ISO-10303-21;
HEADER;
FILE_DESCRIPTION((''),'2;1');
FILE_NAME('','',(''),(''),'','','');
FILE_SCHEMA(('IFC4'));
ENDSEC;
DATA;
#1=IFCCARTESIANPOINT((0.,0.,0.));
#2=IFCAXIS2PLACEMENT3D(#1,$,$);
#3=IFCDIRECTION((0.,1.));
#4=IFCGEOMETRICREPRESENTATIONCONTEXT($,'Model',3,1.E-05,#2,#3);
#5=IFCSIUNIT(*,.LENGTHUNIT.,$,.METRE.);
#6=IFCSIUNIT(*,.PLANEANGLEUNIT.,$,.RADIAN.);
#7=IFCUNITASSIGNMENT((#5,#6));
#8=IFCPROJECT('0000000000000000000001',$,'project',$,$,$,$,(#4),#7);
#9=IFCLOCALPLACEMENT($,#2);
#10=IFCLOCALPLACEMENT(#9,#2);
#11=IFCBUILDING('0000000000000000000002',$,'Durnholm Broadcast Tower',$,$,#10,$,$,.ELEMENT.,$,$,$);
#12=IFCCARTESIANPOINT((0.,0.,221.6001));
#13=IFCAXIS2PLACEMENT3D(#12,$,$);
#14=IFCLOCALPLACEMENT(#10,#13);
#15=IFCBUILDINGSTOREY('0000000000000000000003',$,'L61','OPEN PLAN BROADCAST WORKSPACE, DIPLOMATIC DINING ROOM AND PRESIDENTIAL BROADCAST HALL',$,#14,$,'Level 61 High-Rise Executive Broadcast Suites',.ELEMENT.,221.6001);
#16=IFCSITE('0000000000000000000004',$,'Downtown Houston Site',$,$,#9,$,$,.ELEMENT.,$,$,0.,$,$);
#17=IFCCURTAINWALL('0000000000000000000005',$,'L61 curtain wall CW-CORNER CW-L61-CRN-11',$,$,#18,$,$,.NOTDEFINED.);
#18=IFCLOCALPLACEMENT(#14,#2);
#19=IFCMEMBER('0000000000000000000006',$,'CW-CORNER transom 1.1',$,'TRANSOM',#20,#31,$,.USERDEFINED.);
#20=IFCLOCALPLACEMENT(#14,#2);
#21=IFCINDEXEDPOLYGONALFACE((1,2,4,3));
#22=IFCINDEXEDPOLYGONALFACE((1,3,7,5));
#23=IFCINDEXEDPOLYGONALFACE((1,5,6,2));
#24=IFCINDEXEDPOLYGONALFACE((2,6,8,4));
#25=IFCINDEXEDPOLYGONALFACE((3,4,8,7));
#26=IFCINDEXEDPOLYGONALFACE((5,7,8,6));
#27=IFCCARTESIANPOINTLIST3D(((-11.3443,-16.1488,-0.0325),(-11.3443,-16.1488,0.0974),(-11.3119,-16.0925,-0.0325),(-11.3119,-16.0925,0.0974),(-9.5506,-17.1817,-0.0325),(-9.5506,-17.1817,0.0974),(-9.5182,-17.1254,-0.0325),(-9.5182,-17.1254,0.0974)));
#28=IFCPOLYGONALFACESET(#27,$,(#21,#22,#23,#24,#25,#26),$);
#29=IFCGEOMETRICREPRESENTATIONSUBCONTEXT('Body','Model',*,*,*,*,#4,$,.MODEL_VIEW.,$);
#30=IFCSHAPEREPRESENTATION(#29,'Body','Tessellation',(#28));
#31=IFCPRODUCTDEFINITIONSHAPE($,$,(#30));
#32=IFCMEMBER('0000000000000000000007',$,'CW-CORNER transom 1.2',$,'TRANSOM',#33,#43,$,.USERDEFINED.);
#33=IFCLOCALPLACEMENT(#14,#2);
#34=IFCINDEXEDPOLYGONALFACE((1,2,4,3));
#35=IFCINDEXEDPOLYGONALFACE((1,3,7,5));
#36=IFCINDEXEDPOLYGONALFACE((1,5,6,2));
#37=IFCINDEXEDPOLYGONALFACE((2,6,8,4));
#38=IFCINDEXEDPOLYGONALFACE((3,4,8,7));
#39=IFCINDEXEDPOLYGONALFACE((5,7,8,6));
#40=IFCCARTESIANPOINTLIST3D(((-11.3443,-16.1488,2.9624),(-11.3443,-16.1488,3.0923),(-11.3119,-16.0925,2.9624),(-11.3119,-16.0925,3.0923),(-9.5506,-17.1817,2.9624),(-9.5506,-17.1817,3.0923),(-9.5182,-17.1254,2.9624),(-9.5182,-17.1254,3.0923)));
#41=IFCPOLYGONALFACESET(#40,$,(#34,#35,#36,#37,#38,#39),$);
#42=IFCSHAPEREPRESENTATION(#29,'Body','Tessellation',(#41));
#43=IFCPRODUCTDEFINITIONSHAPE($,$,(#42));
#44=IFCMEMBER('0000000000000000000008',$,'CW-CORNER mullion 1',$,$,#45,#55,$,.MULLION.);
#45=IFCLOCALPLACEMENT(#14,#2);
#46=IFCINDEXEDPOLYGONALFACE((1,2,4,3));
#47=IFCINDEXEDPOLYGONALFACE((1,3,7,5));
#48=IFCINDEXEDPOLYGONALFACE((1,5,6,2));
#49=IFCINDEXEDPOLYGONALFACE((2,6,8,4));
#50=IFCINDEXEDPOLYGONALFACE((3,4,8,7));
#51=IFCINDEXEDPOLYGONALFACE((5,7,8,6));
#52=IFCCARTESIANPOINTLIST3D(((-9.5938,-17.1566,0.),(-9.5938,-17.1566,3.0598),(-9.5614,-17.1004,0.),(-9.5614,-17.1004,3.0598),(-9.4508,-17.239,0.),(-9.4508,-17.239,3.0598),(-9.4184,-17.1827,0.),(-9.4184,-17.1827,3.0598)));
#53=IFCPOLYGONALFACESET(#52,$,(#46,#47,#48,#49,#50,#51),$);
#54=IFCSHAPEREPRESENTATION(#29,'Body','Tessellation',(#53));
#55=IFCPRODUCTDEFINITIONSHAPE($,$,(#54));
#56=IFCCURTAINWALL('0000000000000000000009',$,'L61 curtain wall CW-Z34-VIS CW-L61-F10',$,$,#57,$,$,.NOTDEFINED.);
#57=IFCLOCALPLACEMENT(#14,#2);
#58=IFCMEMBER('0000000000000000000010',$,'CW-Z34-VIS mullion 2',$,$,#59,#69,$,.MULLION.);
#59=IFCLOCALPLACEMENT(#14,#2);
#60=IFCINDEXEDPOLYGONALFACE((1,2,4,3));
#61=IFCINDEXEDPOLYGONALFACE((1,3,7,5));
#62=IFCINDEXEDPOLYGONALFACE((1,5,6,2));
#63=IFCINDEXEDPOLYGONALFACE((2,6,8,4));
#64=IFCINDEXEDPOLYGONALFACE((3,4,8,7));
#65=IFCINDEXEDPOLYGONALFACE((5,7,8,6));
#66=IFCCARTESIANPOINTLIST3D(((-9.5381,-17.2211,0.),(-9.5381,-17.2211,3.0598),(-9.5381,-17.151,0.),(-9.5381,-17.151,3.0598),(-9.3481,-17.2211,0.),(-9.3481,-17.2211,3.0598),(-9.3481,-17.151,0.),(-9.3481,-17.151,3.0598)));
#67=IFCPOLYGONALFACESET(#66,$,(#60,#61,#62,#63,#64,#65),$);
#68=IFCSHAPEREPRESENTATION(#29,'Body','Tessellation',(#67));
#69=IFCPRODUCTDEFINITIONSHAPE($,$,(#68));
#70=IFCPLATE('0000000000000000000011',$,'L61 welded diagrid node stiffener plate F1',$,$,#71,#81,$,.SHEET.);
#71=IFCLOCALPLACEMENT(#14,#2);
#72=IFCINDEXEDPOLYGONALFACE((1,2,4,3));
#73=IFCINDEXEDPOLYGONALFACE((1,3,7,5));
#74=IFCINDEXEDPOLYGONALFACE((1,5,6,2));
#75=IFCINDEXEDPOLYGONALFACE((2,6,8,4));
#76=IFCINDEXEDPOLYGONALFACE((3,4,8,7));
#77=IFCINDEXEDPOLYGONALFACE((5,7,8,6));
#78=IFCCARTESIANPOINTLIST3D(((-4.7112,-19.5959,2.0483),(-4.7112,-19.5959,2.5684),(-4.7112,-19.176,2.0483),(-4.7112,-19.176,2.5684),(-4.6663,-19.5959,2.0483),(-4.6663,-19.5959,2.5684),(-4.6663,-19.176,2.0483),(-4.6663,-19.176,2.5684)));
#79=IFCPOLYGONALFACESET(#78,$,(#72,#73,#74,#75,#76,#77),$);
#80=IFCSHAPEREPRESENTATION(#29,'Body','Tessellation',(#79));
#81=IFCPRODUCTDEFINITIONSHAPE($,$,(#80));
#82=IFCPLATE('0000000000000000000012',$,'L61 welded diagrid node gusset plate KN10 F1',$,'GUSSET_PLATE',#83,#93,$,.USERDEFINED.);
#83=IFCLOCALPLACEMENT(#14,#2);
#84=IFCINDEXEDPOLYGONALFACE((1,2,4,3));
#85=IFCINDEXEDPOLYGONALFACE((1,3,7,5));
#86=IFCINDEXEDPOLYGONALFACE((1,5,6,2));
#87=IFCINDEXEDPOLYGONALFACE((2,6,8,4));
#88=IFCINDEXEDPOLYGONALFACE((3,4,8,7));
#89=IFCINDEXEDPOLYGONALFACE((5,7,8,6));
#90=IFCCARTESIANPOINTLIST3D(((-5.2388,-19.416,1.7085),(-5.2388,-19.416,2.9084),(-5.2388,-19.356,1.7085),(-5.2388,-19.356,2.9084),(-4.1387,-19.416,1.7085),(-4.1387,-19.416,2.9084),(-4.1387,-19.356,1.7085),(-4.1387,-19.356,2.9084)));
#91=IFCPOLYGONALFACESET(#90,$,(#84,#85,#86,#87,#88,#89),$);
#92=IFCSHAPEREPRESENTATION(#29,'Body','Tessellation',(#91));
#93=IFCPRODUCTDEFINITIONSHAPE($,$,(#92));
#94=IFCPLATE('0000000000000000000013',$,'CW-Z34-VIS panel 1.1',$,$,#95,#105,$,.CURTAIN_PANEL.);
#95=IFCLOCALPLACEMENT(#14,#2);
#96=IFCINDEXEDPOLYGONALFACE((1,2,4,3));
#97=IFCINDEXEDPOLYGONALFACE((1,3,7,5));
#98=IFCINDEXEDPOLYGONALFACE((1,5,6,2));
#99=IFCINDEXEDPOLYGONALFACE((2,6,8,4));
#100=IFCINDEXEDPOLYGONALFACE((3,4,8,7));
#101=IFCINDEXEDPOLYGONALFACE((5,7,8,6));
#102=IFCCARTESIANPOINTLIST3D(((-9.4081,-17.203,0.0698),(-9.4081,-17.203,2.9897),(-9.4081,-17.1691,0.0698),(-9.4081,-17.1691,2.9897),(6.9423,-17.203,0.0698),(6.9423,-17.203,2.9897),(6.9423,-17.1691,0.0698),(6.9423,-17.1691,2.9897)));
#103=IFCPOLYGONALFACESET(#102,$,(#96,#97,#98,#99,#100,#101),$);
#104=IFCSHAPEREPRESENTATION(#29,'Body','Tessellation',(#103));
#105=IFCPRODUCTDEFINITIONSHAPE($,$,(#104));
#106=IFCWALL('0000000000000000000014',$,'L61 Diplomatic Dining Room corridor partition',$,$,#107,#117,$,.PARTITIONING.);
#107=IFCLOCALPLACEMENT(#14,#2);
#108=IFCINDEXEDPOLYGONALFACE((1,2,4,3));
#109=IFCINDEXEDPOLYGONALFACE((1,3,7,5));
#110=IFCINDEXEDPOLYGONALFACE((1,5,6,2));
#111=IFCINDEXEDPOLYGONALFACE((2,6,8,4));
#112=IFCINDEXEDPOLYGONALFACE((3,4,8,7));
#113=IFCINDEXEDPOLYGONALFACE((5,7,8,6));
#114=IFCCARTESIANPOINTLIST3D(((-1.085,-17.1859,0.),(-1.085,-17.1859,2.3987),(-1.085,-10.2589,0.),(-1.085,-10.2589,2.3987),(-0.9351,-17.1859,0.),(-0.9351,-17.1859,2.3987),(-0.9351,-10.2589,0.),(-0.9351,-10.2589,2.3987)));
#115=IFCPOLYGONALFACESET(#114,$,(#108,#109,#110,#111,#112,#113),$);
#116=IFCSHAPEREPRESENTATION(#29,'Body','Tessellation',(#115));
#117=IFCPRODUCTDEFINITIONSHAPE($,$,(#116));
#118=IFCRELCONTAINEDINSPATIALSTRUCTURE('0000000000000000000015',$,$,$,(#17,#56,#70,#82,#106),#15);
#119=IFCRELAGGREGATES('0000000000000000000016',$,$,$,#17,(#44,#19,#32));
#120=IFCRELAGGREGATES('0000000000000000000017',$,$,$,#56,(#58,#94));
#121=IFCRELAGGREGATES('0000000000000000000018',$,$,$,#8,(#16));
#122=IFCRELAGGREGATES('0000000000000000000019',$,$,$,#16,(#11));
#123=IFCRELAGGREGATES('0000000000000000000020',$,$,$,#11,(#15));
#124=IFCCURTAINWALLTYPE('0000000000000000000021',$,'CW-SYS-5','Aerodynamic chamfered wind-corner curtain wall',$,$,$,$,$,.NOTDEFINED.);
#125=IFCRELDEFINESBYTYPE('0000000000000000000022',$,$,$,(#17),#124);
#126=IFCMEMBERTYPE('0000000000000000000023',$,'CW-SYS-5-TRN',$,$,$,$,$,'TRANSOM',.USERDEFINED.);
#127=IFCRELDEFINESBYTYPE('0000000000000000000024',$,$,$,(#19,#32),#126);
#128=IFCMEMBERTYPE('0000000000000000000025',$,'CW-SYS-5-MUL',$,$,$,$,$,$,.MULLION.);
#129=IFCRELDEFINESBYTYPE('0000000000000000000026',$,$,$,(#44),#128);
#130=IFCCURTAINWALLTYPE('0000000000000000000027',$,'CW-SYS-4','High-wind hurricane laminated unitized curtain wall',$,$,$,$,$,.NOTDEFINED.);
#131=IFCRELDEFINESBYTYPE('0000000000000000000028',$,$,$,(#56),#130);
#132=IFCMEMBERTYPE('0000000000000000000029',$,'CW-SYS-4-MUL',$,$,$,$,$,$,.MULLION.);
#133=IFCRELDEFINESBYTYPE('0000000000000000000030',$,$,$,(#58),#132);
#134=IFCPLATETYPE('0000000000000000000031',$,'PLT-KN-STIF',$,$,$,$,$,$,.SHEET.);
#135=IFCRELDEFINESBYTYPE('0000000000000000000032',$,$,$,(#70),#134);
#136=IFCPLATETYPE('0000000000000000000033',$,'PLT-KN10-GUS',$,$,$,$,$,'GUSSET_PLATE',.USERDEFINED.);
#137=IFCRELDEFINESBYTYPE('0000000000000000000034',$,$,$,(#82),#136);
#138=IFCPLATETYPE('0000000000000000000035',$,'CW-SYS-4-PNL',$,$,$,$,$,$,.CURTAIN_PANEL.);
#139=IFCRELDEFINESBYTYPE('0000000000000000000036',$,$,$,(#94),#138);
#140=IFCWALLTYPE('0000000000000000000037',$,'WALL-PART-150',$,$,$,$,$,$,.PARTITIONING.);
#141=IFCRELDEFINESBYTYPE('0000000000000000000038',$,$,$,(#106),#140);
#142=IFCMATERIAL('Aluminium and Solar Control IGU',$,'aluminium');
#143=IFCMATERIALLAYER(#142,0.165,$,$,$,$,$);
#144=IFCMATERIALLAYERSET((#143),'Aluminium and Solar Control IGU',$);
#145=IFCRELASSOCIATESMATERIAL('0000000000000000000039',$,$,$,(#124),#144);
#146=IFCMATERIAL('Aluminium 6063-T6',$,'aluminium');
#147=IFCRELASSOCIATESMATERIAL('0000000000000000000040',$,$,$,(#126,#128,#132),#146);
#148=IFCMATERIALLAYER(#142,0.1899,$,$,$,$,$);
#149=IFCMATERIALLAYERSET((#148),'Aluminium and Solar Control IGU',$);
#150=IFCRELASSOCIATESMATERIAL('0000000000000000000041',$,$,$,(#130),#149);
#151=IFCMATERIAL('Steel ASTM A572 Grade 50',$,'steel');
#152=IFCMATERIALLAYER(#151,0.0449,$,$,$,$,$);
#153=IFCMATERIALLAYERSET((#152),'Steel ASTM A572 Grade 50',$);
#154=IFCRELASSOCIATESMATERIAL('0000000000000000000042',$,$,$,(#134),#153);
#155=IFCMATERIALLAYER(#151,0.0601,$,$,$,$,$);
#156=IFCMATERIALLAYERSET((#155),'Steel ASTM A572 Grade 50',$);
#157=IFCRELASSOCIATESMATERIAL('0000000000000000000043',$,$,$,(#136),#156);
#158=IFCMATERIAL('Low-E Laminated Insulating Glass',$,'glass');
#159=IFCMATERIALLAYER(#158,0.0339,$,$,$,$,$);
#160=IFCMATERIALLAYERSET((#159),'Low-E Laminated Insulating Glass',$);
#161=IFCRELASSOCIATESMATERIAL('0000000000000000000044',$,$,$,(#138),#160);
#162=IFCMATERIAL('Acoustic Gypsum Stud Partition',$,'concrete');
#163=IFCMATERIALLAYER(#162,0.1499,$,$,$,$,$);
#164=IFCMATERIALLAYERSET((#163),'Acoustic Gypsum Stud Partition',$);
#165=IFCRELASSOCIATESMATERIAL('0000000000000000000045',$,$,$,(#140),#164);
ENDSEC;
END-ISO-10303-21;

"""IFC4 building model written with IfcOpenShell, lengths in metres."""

from ifc_helpers import new_model, si_unit, direction, frame, frame_2d, origin, origin_2d, place, context, subcontext, project, spatial, rectangle, extrude, source, transform, mapped, material, layer, layer_set, material_profile, profile_set, type_object, type_shapes, element, aggregate, save


model = new_model("IFC4")

# Units and contexts
model_context = context("Model", 3, precision=1e-05, world=origin(), true_north=direction((0.0, 1.0)))
body_context = subcontext(model_context, "Body", "Model", "MODEL_VIEW")
ifc_project = project(units=[si_unit("LENGTHUNIT", "METRE"), si_unit("PLANEANGLEUNIT", "RADIAN")], contexts=[model_context])

# Site, building, storey
site_placement = place(None, origin())
site = spatial("IfcSite", under=ifc_project, at=site_placement, Name="Downtown Houston Site", CompositionType="ELEMENT", RefElevation=0.0)
building_placement = place(site_placement, origin())
building = spatial("IfcBuilding", under=site, at=building_placement, Name="Durnholm Broadcast Tower", CompositionType="ELEMENT")
storey_placement = place(building_placement, frame((0.0, 0.0, 221.6001)))
storey = spatial("IfcBuildingStorey", under=building, at=storey_placement, Name="L61", Description="OPEN PLAN BROADCAST WORKSPACE, DIPLOMATIC DINING ROOM AND PRESIDENTIAL BROADCAST HALL", LongName="Level 61 High-Rise Executive Broadcast Suites", CompositionType="ELEMENT", Elevation=221.6001)

# Curtain wall, members
ifc_material_1 = material(Name="Aluminium and Solar Control IGU", Category="aluminium")
ifc_layer_1 = layer(ifc_material_1, 0.165)
ifc_layer_set_1 = layer_set([ifc_layer_1], Name="Aluminium and Solar Control IGU")
curtain_wall_type_1 = type_object("IfcCurtainWallType", Name="CW-SYS-5", Description="Aerodynamic chamfered wind-corner curtain wall", PredefinedType="NOTDEFINED", material=ifc_layer_set_1)
curtain_wall_1_placement = place(storey_placement, origin())
curtain_wall_1 = element("IfcCurtainWall", 1, at=curtain_wall_1_placement, inside=storey, type_object=curtain_wall_type_1, Name="L61 curtain wall CW-CORNER CW-L61-CRN-11", PredefinedType="NOTDEFINED")
ifc_material_2 = material(Name="Aluminium 6063-T6", Category="aluminium")
ifc_material_profile_1 = material_profile(ifc_material_2, rectangle(XDim=0.0649, YDim=0.1299, at=origin_2d()), Name="CWT65X130")
ifc_profile_set_1 = profile_set([ifc_material_profile_1], Name="Aluminium 6063-T6")
member_type_1 = type_object("IfcMemberType", Name="CW-SYS-5-TRN", ElementType="TRANSOM", PredefinedType="USERDEFINED", material=ifc_profile_set_1)
shared_shape_1 = source(origin(), body_context, "Body", "SweptSolid", [
    extrude(rectangle(XDim=0.0649, YDim=0.1299, at=origin_2d()), origin(), (0.0, 0.0, 1.0), 2.0698),
])
type_shapes(member_type_1, [shared_shape_1])
member_1_placement = place(storey_placement, frame((-9.5344, -17.1536, 0.0325), z_axis=(-0.866576, 0.499045, 0.0), x_axis=(-0.499045, -0.866576, 0.0)))
member_1 = element("IfcMember", 2, at=member_1_placement, type_object=member_type_1, Name="CW-CORNER transom 1.1", ObjectType="TRANSOM", PredefinedType="USERDEFINED", context=body_context, shape_type="MappedRepresentation", body=[
    mapped(shared_shape_1, transform((0.0, 0.0, 0.0), x_axis=(1.0, 0.0, 0.0), y_axis=(0.0, 1.0, 0.0), z_axis=(0.0, 0.0, 1.0), scale=1.0)),
])
member_2_placement = place(storey_placement, frame((-9.5344, -17.1536, 3.0273), z_axis=(-0.866576, 0.499045, 0.0), x_axis=(-0.499045, -0.866576, 0.0)))
member_2 = element("IfcMember", 3, at=member_2_placement, type_object=member_type_1, Name="CW-CORNER transom 1.2", ObjectType="TRANSOM", PredefinedType="USERDEFINED", context=body_context, shape_type="MappedRepresentation", body=[
    mapped(shared_shape_1, transform((0.0, 0.0, 0.0), x_axis=(1.0, 0.0, 0.0), y_axis=(0.0, 1.0, 0.0), z_axis=(0.0, 0.0, 1.0), scale=1.0)),
])
ifc_material_profile_2 = material_profile(ifc_material_2, rectangle(XDim=0.0649, YDim=0.165, at=origin_2d()), Name="CWM65X165")
ifc_profile_set_2 = profile_set([ifc_material_profile_2], Name="Aluminium 6063-T6")
member_type_2 = type_object("IfcMemberType", Name="CW-SYS-5-MUL", PredefinedType="MULLION", material=ifc_profile_set_2)
shared_shape_2 = source(origin(), body_context, "Body", "SweptSolid", [
    extrude(rectangle(XDim=0.0649, YDim=0.165, at=origin_2d()), origin(), (0.0, 0.0, 1.0), 3.0598),
])
type_shapes(member_type_2, [shared_shape_2])
member_3_placement = place(storey_placement, frame((-9.5061, -17.1697, 0.0), z_axis=(0.0, 0.0, 1.0), x_axis=(-0.499059, -0.866568, 0.0)))
member_3 = element("IfcMember", 4, at=member_3_placement, type_object=member_type_2, Name="CW-CORNER mullion 1", PredefinedType="MULLION", context=body_context, shape_type="MappedRepresentation", body=[
    mapped(shared_shape_2, transform((0.0, 0.0, 0.0), x_axis=(1.0, 0.0, 0.0), y_axis=(0.0, 1.0, 0.0), z_axis=(0.0, 0.0, 1.0), scale=1.0)),
])
aggregate(curtain_wall_1, [member_3, member_1, member_2])

# Curtain wall, member
ifc_layer_2 = layer(ifc_material_1, 0.1899)
ifc_layer_set_2 = layer_set([ifc_layer_2], Name="Aluminium and Solar Control IGU")
curtain_wall_type_2 = type_object("IfcCurtainWallType", Name="CW-SYS-4", Description="High-wind hurricane laminated unitized curtain wall", PredefinedType="NOTDEFINED", material=ifc_layer_set_2)
curtain_wall_2_placement = place(storey_placement, origin())
curtain_wall_2 = element("IfcCurtainWall", 5, at=curtain_wall_2_placement, inside=storey, type_object=curtain_wall_type_2, Name="L61 curtain wall CW-Z34-VIS CW-L61-F10", PredefinedType="NOTDEFINED")
ifc_material_profile_3 = material_profile(ifc_material_2, rectangle(XDim=0.0701, YDim=0.1899, at=origin_2d()), Name="CWM70X190")
ifc_profile_set_3 = profile_set([ifc_material_profile_3], Name="Aluminium 6063-T6")
member_type_3 = type_object("IfcMemberType", Name="CW-SYS-4-MUL", PredefinedType="MULLION", material=ifc_profile_set_3)
shared_shape_3 = source(origin(), body_context, "Body", "SweptSolid", [
    extrude(rectangle(XDim=0.0701, YDim=0.1899, at=origin_2d()), origin(), (0.0, 0.0, 1.0), 3.0598),
])
type_shapes(member_type_3, [shared_shape_3])
member_4_placement = place(storey_placement, frame((-9.4431, -17.186, 0.0), z_axis=(0.0, 0.0, 1.0), x_axis=(0.0, -1.0, 0.0)))
member_4 = element("IfcMember", 6, at=member_4_placement, type_object=member_type_3, Name="CW-Z34-VIS mullion 2", PredefinedType="MULLION", context=body_context, shape_type="MappedRepresentation", body=[
    mapped(shared_shape_3, transform((0.0, 0.0, 0.0), x_axis=(1.0, 0.0, 0.0), y_axis=(0.0, 1.0, 0.0), z_axis=(0.0, 0.0, 1.0), scale=1.0)),
])

# Plates
ifc_material_3 = material(Name="Steel ASTM A572 Grade 50", Category="steel")
ifc_layer_3 = layer(ifc_material_3, 0.0449)
ifc_layer_set_3 = layer_set([ifc_layer_3], Name="Steel ASTM A572 Grade 50")
plate_type_1 = type_object("IfcPlateType", Name="PLT-KN-STIF", PredefinedType="SHEET", material=ifc_layer_set_3)
shared_shape_4 = source(origin(), body_context, "Body", "SweptSolid", [
    extrude(rectangle(XDim=0.0449, YDim=0.4199, at=origin_2d()), origin(), (0.0, 0.0, 1.0), 0.52),
])
type_shapes(plate_type_1, [shared_shape_4])
plate_1_placement = place(storey_placement, frame((-4.6887, -19.386, 2.0483), z_axis=(0.0, 0.0, 1.0), x_axis=(1.0, 0.0, 0.0)))
element("IfcPlate", 7, at=plate_1_placement, inside=storey, type_object=plate_type_1, Name="L61 welded diagrid node stiffener plate F1", PredefinedType="SHEET", context=body_context, shape_type="MappedRepresentation", body=[
    mapped(shared_shape_4, transform((0.0, 0.0, 0.0), x_axis=(1.0, 0.0, 0.0), y_axis=(0.0, 1.0, 0.0), z_axis=(0.0, 0.0, 1.0), scale=1.0)),
])
ifc_layer_4 = layer(ifc_material_3, 0.0601)
ifc_layer_set_4 = layer_set([ifc_layer_4], Name="Steel ASTM A572 Grade 50")
plate_type_2 = type_object("IfcPlateType", Name="PLT-KN10-GUS", ElementType="GUSSET_PLATE", PredefinedType="USERDEFINED", material=ifc_layer_set_4)
shared_shape_5 = source(origin(), body_context, "Body", "SweptSolid", [
    extrude(rectangle(XDim=1.1001, YDim=0.0601, at=origin_2d()), origin(), (0.0, 0.0, 1.0), 1.2),
])
type_shapes(plate_type_2, [shared_shape_5])
plate_2_placement = place(storey_placement, frame((-4.6887, -19.386, 1.7085), z_axis=(0.0, 0.0, 1.0), x_axis=(1.0, 0.0, 0.0)))
element("IfcPlate", 8, at=plate_2_placement, inside=storey, type_object=plate_type_2, Name="L61 welded diagrid node gusset plate KN10 F1", ObjectType="GUSSET_PLATE", PredefinedType="USERDEFINED", context=body_context, shape_type="MappedRepresentation", body=[
    mapped(shared_shape_5, transform((0.0, 0.0, 0.0), x_axis=(1.0, 0.0, 0.0), y_axis=(0.0, 1.0, 0.0), z_axis=(0.0, 0.0, 1.0), scale=1.0)),
])

# Plate
ifc_material_4 = material(Name="Low-E Laminated Insulating Glass", Category="glass")
ifc_layer_5 = layer(ifc_material_4, 0.0339)
ifc_layer_set_5 = layer_set([ifc_layer_5], Name="Low-E Laminated Insulating Glass")
plate_type_3 = type_object("IfcPlateType", Name="CW-SYS-4-PNL", PredefinedType="CURTAIN_PANEL", material=ifc_layer_set_5)
shared_shape_6 = source(origin(), body_context, "Body", "SweptSolid", [
    extrude(rectangle(XDim=16.3503, YDim=0.0339, at=origin_2d()), origin(), (0.0, 0.0, 1.0), 2.9199),
])
type_shapes(plate_type_3, [shared_shape_6])
plate_3_placement = place(storey_placement, frame((-1.2329, -17.186, 0.0698), z_axis=(0.0, 0.0, 1.0), x_axis=(-1.0, 0.0, 0.0)))
plate_3 = element("IfcPlate", 9, at=plate_3_placement, type_object=plate_type_3, Name="CW-Z34-VIS panel 1.1", PredefinedType="CURTAIN_PANEL", context=body_context, shape_type="MappedRepresentation", body=[
    mapped(shared_shape_6, transform((0.0, 0.0, 0.0), x_axis=(1.0, 0.0, 0.0), y_axis=(0.0, 1.0, 0.0), z_axis=(0.0, 0.0, 1.0), scale=1.0)),
])
aggregate(curtain_wall_2, [member_4, plate_3])

# Wall
ifc_material_5 = material(Name="Acoustic Gypsum Stud Partition", Category="concrete")
ifc_layer_6 = layer(ifc_material_5, 0.1499)
ifc_layer_set_6 = layer_set([ifc_layer_6], Name="Acoustic Gypsum Stud Partition")
wall_type = type_object("IfcWallType", Name="WALL-PART-150", PredefinedType="PARTITIONING", material=ifc_layer_set_6)
wall_placement = place(storey_placement, frame((-1.01, -10.259, 0.0), z_axis=(0.0, 0.0, 1.0), x_axis=(0.0, -1.0, 0.0)))
element("IfcWall", 10, at=wall_placement, inside=storey, type_object=wall_type, Name="L61 Diplomatic Dining Room corridor partition", PredefinedType="PARTITIONING", context=body_context, shape_type="SweptSolid", body=[
    extrude(rectangle(XDim=6.927, YDim=0.1499, at=frame_2d((3.4634, 0.0))), origin(), (0.0, 0.0, 1.0), 2.3987),
])

save(model, "model.ifc")
